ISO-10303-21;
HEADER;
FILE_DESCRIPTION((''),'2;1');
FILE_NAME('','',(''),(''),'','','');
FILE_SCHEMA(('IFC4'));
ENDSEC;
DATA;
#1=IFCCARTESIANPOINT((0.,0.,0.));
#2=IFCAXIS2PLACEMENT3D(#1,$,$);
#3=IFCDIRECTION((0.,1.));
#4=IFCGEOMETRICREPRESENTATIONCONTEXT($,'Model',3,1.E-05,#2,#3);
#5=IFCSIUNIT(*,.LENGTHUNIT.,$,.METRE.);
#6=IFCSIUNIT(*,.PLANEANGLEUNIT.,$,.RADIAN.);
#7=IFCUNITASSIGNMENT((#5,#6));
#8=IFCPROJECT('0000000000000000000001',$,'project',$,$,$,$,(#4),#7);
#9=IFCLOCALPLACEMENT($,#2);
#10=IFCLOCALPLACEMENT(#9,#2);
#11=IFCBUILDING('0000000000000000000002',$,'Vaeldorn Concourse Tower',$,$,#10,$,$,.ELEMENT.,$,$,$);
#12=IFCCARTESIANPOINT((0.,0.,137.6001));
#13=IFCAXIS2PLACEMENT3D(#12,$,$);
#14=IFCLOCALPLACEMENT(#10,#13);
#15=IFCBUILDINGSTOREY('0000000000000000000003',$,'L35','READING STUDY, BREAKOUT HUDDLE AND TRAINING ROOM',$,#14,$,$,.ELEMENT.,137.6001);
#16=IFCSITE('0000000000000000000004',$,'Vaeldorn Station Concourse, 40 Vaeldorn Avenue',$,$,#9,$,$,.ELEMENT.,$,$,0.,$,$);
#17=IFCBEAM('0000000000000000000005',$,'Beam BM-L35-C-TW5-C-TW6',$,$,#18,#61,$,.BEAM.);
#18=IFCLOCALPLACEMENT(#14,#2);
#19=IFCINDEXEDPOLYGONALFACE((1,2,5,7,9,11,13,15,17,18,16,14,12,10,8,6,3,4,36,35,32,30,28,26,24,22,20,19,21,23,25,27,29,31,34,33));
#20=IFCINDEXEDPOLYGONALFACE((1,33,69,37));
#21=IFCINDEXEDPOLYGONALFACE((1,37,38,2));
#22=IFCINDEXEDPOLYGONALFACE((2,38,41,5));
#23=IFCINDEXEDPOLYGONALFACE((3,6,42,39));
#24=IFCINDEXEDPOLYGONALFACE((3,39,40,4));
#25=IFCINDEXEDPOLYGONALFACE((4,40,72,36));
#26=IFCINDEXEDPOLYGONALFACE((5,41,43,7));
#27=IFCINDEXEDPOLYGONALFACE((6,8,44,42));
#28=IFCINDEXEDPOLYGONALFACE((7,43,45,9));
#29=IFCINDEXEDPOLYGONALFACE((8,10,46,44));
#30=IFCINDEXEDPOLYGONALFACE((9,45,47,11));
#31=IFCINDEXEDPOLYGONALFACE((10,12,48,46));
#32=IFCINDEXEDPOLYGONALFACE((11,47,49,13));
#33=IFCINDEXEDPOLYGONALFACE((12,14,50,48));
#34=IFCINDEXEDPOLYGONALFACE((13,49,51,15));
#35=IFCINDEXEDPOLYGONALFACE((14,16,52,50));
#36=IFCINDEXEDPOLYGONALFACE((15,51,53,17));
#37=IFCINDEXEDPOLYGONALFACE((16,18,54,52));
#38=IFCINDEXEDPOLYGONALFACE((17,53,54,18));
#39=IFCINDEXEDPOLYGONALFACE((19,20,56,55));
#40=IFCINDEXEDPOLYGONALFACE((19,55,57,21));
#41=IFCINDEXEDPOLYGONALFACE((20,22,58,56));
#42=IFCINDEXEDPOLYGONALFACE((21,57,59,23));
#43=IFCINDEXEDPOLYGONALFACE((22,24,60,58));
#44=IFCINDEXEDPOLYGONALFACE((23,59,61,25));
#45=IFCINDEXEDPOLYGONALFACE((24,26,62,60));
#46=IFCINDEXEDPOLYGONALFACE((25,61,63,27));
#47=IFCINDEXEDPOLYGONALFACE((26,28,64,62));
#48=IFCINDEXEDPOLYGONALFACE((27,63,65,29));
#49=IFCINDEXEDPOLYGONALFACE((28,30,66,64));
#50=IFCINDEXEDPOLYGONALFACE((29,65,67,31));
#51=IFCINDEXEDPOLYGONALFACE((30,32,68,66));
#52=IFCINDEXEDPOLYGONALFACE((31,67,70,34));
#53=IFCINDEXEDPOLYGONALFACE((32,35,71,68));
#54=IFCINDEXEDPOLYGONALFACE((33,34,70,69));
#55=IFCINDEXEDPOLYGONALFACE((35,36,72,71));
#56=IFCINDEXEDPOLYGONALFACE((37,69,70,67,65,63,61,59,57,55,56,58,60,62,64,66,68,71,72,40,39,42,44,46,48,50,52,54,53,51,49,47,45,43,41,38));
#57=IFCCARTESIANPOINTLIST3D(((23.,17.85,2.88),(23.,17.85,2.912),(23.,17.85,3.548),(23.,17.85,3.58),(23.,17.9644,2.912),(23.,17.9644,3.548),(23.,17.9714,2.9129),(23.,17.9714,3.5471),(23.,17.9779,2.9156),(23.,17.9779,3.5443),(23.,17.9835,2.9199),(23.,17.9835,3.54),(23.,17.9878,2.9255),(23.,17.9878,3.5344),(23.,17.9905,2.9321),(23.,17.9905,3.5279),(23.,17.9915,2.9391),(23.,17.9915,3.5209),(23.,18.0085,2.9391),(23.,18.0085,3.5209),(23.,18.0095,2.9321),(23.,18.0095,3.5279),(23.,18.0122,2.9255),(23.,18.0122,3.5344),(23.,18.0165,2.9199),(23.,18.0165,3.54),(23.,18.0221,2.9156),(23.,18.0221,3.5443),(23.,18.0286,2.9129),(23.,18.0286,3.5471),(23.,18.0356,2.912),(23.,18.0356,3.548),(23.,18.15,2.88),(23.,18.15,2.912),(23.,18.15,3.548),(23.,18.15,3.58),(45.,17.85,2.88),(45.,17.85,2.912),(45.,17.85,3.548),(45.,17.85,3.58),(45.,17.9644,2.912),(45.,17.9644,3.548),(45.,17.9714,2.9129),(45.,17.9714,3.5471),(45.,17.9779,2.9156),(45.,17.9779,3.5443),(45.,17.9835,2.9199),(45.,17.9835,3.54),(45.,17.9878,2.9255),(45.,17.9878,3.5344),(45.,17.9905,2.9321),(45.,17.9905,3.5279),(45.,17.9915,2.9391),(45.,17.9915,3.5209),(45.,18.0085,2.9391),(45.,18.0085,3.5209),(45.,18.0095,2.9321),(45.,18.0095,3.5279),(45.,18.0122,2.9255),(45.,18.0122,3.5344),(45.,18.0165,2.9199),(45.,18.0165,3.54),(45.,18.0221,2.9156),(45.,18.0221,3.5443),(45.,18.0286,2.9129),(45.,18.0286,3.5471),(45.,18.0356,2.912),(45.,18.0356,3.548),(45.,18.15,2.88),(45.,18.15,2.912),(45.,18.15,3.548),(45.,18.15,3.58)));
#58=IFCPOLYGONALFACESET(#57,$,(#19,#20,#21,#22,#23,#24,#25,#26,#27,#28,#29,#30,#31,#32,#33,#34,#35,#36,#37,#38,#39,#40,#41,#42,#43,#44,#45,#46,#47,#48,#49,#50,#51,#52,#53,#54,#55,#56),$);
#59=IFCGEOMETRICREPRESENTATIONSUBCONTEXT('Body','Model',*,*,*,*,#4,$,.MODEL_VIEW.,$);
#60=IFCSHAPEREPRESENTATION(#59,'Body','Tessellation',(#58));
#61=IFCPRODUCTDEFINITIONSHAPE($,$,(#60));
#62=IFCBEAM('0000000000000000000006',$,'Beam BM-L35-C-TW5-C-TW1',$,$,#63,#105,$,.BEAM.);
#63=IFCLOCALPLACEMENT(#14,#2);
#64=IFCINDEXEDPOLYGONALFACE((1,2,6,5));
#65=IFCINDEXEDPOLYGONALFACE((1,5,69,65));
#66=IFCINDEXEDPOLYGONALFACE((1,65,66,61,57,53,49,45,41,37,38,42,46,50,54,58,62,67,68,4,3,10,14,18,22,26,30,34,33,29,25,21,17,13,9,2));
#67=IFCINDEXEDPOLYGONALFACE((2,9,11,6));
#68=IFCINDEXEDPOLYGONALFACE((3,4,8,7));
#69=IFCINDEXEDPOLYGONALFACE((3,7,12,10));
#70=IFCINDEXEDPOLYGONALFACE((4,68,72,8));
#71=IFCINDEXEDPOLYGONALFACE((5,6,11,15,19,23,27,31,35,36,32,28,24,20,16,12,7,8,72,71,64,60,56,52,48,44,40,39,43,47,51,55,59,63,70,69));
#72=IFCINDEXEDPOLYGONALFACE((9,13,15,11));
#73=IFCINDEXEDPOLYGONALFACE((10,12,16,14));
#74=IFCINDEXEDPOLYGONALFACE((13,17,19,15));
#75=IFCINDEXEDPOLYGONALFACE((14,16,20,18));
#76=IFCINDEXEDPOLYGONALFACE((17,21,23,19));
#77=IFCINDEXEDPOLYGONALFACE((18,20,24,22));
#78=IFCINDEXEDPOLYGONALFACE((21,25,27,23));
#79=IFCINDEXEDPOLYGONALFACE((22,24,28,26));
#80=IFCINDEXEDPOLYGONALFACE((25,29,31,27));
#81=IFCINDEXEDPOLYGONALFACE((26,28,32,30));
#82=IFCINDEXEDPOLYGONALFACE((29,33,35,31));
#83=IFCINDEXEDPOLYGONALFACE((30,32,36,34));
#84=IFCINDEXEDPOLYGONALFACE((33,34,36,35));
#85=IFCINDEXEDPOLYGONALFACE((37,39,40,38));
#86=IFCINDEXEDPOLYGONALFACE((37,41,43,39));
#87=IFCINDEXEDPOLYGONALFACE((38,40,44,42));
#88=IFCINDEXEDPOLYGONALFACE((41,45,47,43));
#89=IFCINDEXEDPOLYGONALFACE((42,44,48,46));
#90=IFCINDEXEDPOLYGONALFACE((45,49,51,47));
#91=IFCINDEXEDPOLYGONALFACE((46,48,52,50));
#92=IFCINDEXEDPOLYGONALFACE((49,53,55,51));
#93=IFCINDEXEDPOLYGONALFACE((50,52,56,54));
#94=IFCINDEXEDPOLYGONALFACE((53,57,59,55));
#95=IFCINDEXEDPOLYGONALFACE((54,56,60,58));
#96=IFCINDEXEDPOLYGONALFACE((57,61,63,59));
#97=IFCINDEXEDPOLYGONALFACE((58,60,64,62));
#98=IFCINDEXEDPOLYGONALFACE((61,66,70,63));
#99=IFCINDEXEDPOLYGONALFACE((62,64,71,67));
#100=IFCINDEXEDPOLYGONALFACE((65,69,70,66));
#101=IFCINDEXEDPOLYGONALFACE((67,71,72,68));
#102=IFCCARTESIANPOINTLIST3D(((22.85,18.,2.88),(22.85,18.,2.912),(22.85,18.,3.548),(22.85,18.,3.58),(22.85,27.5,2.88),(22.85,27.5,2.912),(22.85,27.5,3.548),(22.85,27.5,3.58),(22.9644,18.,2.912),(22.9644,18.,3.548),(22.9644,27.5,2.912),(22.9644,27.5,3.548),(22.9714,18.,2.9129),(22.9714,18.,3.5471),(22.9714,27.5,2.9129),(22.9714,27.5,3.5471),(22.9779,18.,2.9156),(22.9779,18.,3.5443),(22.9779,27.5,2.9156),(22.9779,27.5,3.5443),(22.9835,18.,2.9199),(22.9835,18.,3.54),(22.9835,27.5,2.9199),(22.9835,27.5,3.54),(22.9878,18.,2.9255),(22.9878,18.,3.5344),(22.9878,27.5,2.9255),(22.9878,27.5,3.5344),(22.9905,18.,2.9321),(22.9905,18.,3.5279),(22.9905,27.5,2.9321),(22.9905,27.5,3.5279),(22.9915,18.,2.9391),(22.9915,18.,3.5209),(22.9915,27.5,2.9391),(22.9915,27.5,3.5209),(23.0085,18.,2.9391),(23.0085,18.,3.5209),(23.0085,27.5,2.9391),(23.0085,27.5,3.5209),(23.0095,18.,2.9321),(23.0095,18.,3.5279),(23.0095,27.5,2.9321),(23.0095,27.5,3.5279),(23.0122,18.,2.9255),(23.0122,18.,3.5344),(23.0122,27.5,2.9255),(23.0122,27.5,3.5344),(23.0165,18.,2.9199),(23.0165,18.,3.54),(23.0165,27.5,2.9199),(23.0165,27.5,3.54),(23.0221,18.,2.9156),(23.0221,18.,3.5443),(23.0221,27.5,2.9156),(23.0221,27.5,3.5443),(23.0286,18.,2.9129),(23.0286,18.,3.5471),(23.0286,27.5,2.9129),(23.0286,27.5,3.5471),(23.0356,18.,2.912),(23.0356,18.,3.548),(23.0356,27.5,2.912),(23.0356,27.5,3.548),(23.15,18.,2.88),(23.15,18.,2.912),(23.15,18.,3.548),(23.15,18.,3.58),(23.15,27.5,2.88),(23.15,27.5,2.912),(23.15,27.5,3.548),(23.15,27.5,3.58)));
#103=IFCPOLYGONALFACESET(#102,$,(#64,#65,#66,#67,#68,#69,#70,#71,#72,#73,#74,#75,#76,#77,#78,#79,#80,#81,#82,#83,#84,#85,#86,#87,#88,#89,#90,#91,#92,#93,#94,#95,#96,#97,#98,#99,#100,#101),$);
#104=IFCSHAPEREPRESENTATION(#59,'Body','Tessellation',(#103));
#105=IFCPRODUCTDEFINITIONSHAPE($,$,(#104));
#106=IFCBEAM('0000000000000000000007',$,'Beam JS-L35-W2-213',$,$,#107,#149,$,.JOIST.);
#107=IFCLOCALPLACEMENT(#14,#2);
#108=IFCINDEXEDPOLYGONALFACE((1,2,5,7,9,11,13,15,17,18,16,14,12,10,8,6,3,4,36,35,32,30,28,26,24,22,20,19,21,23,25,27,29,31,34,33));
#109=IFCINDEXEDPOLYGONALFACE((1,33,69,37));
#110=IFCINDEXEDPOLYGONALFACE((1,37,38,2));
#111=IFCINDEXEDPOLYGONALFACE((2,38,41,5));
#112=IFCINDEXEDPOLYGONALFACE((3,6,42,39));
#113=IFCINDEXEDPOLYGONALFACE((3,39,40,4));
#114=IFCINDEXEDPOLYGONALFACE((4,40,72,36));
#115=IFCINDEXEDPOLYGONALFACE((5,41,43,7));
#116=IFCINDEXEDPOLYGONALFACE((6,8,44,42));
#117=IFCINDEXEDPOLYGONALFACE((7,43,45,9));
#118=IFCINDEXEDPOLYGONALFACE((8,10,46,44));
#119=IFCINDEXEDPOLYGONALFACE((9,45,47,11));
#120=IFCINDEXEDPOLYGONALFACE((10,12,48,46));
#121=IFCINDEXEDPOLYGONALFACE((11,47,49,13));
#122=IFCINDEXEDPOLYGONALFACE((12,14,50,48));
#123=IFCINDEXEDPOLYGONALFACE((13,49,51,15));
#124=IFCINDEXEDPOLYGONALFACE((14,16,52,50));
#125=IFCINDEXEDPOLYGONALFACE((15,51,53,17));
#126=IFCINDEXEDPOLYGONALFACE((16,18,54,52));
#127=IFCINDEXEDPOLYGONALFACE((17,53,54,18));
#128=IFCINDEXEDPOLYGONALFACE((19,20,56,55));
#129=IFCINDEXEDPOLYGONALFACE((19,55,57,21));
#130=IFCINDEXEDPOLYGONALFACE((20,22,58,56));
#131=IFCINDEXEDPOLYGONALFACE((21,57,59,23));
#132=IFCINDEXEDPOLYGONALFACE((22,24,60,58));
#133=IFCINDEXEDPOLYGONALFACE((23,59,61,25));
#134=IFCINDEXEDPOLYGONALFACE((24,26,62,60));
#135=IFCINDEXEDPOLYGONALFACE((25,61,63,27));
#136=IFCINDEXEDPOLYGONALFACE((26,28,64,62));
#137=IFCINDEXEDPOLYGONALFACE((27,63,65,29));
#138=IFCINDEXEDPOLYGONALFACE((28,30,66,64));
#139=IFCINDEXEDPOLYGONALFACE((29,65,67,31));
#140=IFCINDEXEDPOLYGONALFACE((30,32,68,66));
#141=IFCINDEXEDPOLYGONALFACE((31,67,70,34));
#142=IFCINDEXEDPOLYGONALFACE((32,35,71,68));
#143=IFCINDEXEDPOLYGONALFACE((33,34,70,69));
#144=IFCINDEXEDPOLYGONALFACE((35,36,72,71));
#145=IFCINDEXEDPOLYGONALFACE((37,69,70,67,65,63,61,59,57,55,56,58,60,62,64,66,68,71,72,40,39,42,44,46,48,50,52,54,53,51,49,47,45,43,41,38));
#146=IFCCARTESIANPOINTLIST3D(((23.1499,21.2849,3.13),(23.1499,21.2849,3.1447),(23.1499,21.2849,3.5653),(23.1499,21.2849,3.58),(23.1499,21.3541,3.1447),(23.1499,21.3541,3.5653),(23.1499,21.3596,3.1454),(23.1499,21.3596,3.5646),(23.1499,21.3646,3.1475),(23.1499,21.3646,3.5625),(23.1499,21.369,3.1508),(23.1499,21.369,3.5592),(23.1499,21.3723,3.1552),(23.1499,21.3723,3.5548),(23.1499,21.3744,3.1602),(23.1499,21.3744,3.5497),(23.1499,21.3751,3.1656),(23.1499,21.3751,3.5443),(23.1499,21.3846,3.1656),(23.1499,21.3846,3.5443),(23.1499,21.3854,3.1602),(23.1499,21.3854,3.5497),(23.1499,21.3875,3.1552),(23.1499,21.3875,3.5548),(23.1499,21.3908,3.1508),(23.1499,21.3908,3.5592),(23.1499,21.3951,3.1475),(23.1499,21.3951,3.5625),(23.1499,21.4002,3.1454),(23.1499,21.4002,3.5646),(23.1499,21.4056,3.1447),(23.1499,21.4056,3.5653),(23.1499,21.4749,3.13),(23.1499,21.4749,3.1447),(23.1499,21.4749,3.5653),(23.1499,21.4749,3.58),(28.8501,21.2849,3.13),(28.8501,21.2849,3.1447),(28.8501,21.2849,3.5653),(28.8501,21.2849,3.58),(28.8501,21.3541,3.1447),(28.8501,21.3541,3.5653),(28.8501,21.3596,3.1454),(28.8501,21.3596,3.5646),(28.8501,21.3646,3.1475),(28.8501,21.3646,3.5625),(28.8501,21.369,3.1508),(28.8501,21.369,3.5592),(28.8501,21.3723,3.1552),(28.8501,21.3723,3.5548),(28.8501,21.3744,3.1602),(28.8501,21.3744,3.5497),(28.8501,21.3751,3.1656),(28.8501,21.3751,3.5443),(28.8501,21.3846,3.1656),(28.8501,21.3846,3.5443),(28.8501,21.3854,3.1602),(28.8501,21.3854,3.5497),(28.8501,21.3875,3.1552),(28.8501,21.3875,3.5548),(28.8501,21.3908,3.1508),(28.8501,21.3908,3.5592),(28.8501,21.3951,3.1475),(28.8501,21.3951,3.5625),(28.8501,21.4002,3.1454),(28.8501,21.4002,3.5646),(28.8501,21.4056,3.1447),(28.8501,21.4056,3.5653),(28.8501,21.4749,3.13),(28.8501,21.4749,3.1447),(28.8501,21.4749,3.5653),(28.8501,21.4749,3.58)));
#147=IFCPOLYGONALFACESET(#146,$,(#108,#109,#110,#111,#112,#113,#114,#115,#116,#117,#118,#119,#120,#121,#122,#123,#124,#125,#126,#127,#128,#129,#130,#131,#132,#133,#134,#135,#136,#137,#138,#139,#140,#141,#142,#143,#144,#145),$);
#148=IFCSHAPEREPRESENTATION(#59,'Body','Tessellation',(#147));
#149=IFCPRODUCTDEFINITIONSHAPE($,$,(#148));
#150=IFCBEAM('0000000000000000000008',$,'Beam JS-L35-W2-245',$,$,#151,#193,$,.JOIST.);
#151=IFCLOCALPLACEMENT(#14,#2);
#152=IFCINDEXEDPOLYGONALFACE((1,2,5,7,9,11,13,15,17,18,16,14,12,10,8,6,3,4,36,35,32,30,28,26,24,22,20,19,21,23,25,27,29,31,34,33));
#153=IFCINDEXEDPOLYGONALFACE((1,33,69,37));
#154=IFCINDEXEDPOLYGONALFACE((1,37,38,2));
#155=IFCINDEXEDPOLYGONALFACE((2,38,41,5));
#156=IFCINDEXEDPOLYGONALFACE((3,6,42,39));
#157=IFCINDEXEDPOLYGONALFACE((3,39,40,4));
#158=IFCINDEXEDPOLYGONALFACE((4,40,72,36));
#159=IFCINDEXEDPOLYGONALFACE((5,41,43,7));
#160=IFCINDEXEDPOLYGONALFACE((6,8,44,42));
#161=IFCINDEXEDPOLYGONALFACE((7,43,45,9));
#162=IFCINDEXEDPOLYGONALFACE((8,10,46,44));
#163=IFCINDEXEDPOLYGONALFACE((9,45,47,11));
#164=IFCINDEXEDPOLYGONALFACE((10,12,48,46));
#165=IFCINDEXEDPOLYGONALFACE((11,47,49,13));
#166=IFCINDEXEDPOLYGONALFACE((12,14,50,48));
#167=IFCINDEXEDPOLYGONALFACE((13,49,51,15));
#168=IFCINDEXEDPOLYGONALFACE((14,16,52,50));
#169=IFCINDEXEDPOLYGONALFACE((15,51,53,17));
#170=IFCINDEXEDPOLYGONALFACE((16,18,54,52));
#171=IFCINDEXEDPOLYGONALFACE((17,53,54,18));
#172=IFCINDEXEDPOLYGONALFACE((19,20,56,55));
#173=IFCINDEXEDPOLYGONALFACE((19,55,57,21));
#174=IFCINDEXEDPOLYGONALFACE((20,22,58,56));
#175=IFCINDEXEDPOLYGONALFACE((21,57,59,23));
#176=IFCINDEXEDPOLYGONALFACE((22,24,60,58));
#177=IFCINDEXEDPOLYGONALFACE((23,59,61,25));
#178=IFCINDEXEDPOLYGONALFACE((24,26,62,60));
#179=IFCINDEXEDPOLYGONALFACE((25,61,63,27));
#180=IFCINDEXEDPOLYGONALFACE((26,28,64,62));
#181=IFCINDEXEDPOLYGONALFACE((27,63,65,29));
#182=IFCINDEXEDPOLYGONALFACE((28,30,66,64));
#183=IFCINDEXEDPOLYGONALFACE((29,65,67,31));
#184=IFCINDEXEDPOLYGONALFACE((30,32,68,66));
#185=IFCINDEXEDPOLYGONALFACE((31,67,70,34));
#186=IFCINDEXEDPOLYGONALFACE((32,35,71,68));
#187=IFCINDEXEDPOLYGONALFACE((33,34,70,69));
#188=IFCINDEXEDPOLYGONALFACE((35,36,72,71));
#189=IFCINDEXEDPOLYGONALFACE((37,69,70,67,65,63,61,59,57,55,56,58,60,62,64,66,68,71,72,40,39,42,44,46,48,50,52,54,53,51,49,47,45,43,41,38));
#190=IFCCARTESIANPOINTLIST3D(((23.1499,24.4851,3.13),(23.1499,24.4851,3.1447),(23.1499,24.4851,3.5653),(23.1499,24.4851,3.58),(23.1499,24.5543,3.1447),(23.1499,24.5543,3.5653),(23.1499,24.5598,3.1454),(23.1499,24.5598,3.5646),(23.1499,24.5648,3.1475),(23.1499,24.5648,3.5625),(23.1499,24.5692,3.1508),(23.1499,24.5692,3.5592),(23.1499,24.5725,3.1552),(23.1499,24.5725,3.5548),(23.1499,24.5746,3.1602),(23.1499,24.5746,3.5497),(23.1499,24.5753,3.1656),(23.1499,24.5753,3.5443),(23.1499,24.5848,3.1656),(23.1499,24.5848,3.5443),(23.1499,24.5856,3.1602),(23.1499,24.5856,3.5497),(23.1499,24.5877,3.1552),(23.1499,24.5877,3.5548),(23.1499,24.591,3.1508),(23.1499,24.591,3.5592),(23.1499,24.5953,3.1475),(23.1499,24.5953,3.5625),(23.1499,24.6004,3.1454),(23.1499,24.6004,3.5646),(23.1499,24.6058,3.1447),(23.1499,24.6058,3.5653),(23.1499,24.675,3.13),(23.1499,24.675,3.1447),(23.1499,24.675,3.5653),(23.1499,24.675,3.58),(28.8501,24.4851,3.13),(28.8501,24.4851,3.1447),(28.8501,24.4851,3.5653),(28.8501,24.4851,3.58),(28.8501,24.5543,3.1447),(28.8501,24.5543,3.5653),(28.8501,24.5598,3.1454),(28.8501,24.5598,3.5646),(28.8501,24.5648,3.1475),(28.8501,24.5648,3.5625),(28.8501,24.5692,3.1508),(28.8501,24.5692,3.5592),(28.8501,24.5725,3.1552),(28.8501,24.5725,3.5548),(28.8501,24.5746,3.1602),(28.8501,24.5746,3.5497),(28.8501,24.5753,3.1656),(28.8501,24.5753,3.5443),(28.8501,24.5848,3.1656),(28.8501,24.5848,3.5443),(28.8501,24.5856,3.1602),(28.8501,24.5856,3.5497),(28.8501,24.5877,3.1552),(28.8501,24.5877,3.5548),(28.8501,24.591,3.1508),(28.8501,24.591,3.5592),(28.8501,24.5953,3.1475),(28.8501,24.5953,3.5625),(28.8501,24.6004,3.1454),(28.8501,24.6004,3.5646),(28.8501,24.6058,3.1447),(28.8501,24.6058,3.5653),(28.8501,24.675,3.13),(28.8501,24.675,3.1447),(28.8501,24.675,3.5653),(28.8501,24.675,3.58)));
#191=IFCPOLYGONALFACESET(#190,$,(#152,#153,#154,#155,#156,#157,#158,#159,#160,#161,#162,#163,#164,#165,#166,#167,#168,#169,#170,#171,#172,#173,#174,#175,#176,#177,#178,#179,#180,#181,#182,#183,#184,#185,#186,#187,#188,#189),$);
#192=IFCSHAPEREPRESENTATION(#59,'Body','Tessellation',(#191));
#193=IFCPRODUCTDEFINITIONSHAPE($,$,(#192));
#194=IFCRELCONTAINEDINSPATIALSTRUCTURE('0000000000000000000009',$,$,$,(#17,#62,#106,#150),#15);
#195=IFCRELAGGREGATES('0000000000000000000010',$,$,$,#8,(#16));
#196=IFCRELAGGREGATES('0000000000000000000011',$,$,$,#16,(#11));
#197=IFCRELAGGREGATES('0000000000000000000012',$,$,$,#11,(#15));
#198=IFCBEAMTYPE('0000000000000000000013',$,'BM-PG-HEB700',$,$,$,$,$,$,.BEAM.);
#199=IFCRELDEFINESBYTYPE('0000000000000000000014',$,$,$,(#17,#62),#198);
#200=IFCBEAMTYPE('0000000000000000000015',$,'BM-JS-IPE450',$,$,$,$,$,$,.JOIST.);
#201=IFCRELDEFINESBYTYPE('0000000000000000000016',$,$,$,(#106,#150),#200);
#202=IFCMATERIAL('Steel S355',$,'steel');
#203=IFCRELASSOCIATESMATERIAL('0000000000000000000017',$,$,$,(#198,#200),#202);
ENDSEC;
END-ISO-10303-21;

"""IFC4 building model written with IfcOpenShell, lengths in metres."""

from ifc_helpers import new_model, si_unit, direction, frame, origin, origin_2d, place, context, subcontext, project, spatial, i_section, extrude, source, transform, mapped, material, material_profile, profile_set, type_object, element, save


model = new_model("IFC4")

# Units and contexts
model_context = context("Model", 3, precision=1e-05, world=origin(), true_north=direction((0.0, 1.0)))
body_context = subcontext(model_context, "Body", "Model", "MODEL_VIEW")
ifc_project = project(units=[si_unit("LENGTHUNIT", "METRE"), si_unit("PLANEANGLEUNIT", "RADIAN")], contexts=[model_context])

# Site, building, storey
site_placement = place(None, origin())
site = spatial("IfcSite", under=ifc_project, at=site_placement, Name="Vaeldorn Station Concourse, 40 Vaeldorn Avenue", CompositionType="ELEMENT", RefElevation=0.0)
building_placement = place(site_placement, origin())
building = spatial("IfcBuilding", under=site, at=building_placement, Name="Vaeldorn Concourse Tower", CompositionType="ELEMENT")
storey_placement = place(building_placement, frame((0.0, 0.0, 137.6001)))
storey = spatial("IfcBuildingStorey", under=building, at=storey_placement, Name="L35", Description="READING STUDY, BREAKOUT HUDDLE AND TRAINING ROOM", CompositionType="ELEMENT", Elevation=137.6001)

# Beams
ifc_material_1 = material(Name="Steel S355", Category="steel")
ifc_material_profile_1 = material_profile(ifc_material_1, i_section(OverallWidth=0.3, OverallDepth=0.7, WebThickness=0.0171, FlangeThickness=0.032, FilletRadius=0.0271, at=origin_2d()), Name="HEB 700")
ifc_profile_set_1 = profile_set([ifc_material_profile_1], Name="Steel S355")
beam_type_1 = type_object("IfcBeamType", Name="BM-PG-HEB700", PredefinedType="BEAM", material=ifc_profile_set_1)
shared_shape_1 = source(origin(), body_context, "Body", "SweptSolid", [
    extrude(i_section(OverallWidth=0.3, OverallDepth=0.7, WebThickness=0.0171, FlangeThickness=0.032, FilletRadius=0.0271, at=origin_2d()), origin(), (0.0, 0.0, 1.0), 22.0),
])
beam_1_placement = place(storey_placement, frame((23.0, 18.0, 3.23), z_axis=(1.0, 0.0, 0.0), x_axis=(0.0, 1.0, 0.0)))
element("IfcBeam", 1, at=beam_1_placement, inside=storey, type_object=beam_type_1, Name="Beam BM-L35-C-TW5-C-TW6", PredefinedType="BEAM", context=body_context, shape_type="MappedRepresentation", body=[
    mapped(shared_shape_1, transform((0.0, 0.0, 0.0), scale=1.0)),
])
shared_shape_2 = source(origin(), body_context, "Body", "SweptSolid", [
    extrude(i_section(OverallWidth=0.3, OverallDepth=0.7, WebThickness=0.0171, FlangeThickness=0.032, FilletRadius=0.0271, at=origin_2d()), origin(), (0.0, 0.0, 1.0), 9.5),
])
beam_2_placement = place(storey_placement, frame((23.0, 18.0, 3.23), z_axis=(0.0, 1.0, 0.0), x_axis=(-1.0, 0.0, 0.0)))
element("IfcBeam", 2, at=beam_2_placement, inside=storey, type_object=beam_type_1, Name="Beam BM-L35-C-TW5-C-TW1", PredefinedType="BEAM", context=body_context, shape_type="MappedRepresentation", body=[
    mapped(shared_shape_2, transform((0.0, 0.0, 0.0), scale=1.0)),
])
ifc_material_profile_2 = material_profile(ifc_material_1, i_section(OverallWidth=0.1899, OverallDepth=0.45, WebThickness=0.0095, FlangeThickness=0.0146, FilletRadius=0.021, at=origin_2d()), Name="IPE 450")
ifc_profile_set_2 = profile_set([ifc_material_profile_2], Name="Steel S355")
beam_type_2 = type_object("IfcBeamType", Name="BM-JS-IPE450", PredefinedType="JOIST", material=ifc_profile_set_2)
shared_shape_3 = source(origin(), body_context, "Body", "SweptSolid", [
    extrude(i_section(OverallWidth=0.1899, OverallDepth=0.45, WebThickness=0.0095, FlangeThickness=0.0146, FilletRadius=0.021, at=origin_2d()), origin(), (0.0, 0.0, 1.0), 5.7002),
])
for number, where, z_axis, x_axis, name in (
    (3, (23.1499, 21.3799, 3.355), (1.0, 0.0, 0.0), (0.0, 1.0, 0.0), "Beam JS-L35-W2-213"),
    (4, (23.1499, 24.5801, 3.355), (1.0, 0.0, 0.0), (0.0, 1.0, 0.0), "Beam JS-L35-W2-245"),
):
    element("IfcBeam", number, at=place(storey_placement, frame(where, z_axis=z_axis, x_axis=x_axis)), inside=storey, type_object=beam_type_2, Name=name, PredefinedType="JOIST", context=body_context, shape_type="MappedRepresentation", body=[
        mapped(shared_shape_3, transform((0.0, 0.0, 0.0), scale=1.0)),
    ])

save(model, "model.ifc")
